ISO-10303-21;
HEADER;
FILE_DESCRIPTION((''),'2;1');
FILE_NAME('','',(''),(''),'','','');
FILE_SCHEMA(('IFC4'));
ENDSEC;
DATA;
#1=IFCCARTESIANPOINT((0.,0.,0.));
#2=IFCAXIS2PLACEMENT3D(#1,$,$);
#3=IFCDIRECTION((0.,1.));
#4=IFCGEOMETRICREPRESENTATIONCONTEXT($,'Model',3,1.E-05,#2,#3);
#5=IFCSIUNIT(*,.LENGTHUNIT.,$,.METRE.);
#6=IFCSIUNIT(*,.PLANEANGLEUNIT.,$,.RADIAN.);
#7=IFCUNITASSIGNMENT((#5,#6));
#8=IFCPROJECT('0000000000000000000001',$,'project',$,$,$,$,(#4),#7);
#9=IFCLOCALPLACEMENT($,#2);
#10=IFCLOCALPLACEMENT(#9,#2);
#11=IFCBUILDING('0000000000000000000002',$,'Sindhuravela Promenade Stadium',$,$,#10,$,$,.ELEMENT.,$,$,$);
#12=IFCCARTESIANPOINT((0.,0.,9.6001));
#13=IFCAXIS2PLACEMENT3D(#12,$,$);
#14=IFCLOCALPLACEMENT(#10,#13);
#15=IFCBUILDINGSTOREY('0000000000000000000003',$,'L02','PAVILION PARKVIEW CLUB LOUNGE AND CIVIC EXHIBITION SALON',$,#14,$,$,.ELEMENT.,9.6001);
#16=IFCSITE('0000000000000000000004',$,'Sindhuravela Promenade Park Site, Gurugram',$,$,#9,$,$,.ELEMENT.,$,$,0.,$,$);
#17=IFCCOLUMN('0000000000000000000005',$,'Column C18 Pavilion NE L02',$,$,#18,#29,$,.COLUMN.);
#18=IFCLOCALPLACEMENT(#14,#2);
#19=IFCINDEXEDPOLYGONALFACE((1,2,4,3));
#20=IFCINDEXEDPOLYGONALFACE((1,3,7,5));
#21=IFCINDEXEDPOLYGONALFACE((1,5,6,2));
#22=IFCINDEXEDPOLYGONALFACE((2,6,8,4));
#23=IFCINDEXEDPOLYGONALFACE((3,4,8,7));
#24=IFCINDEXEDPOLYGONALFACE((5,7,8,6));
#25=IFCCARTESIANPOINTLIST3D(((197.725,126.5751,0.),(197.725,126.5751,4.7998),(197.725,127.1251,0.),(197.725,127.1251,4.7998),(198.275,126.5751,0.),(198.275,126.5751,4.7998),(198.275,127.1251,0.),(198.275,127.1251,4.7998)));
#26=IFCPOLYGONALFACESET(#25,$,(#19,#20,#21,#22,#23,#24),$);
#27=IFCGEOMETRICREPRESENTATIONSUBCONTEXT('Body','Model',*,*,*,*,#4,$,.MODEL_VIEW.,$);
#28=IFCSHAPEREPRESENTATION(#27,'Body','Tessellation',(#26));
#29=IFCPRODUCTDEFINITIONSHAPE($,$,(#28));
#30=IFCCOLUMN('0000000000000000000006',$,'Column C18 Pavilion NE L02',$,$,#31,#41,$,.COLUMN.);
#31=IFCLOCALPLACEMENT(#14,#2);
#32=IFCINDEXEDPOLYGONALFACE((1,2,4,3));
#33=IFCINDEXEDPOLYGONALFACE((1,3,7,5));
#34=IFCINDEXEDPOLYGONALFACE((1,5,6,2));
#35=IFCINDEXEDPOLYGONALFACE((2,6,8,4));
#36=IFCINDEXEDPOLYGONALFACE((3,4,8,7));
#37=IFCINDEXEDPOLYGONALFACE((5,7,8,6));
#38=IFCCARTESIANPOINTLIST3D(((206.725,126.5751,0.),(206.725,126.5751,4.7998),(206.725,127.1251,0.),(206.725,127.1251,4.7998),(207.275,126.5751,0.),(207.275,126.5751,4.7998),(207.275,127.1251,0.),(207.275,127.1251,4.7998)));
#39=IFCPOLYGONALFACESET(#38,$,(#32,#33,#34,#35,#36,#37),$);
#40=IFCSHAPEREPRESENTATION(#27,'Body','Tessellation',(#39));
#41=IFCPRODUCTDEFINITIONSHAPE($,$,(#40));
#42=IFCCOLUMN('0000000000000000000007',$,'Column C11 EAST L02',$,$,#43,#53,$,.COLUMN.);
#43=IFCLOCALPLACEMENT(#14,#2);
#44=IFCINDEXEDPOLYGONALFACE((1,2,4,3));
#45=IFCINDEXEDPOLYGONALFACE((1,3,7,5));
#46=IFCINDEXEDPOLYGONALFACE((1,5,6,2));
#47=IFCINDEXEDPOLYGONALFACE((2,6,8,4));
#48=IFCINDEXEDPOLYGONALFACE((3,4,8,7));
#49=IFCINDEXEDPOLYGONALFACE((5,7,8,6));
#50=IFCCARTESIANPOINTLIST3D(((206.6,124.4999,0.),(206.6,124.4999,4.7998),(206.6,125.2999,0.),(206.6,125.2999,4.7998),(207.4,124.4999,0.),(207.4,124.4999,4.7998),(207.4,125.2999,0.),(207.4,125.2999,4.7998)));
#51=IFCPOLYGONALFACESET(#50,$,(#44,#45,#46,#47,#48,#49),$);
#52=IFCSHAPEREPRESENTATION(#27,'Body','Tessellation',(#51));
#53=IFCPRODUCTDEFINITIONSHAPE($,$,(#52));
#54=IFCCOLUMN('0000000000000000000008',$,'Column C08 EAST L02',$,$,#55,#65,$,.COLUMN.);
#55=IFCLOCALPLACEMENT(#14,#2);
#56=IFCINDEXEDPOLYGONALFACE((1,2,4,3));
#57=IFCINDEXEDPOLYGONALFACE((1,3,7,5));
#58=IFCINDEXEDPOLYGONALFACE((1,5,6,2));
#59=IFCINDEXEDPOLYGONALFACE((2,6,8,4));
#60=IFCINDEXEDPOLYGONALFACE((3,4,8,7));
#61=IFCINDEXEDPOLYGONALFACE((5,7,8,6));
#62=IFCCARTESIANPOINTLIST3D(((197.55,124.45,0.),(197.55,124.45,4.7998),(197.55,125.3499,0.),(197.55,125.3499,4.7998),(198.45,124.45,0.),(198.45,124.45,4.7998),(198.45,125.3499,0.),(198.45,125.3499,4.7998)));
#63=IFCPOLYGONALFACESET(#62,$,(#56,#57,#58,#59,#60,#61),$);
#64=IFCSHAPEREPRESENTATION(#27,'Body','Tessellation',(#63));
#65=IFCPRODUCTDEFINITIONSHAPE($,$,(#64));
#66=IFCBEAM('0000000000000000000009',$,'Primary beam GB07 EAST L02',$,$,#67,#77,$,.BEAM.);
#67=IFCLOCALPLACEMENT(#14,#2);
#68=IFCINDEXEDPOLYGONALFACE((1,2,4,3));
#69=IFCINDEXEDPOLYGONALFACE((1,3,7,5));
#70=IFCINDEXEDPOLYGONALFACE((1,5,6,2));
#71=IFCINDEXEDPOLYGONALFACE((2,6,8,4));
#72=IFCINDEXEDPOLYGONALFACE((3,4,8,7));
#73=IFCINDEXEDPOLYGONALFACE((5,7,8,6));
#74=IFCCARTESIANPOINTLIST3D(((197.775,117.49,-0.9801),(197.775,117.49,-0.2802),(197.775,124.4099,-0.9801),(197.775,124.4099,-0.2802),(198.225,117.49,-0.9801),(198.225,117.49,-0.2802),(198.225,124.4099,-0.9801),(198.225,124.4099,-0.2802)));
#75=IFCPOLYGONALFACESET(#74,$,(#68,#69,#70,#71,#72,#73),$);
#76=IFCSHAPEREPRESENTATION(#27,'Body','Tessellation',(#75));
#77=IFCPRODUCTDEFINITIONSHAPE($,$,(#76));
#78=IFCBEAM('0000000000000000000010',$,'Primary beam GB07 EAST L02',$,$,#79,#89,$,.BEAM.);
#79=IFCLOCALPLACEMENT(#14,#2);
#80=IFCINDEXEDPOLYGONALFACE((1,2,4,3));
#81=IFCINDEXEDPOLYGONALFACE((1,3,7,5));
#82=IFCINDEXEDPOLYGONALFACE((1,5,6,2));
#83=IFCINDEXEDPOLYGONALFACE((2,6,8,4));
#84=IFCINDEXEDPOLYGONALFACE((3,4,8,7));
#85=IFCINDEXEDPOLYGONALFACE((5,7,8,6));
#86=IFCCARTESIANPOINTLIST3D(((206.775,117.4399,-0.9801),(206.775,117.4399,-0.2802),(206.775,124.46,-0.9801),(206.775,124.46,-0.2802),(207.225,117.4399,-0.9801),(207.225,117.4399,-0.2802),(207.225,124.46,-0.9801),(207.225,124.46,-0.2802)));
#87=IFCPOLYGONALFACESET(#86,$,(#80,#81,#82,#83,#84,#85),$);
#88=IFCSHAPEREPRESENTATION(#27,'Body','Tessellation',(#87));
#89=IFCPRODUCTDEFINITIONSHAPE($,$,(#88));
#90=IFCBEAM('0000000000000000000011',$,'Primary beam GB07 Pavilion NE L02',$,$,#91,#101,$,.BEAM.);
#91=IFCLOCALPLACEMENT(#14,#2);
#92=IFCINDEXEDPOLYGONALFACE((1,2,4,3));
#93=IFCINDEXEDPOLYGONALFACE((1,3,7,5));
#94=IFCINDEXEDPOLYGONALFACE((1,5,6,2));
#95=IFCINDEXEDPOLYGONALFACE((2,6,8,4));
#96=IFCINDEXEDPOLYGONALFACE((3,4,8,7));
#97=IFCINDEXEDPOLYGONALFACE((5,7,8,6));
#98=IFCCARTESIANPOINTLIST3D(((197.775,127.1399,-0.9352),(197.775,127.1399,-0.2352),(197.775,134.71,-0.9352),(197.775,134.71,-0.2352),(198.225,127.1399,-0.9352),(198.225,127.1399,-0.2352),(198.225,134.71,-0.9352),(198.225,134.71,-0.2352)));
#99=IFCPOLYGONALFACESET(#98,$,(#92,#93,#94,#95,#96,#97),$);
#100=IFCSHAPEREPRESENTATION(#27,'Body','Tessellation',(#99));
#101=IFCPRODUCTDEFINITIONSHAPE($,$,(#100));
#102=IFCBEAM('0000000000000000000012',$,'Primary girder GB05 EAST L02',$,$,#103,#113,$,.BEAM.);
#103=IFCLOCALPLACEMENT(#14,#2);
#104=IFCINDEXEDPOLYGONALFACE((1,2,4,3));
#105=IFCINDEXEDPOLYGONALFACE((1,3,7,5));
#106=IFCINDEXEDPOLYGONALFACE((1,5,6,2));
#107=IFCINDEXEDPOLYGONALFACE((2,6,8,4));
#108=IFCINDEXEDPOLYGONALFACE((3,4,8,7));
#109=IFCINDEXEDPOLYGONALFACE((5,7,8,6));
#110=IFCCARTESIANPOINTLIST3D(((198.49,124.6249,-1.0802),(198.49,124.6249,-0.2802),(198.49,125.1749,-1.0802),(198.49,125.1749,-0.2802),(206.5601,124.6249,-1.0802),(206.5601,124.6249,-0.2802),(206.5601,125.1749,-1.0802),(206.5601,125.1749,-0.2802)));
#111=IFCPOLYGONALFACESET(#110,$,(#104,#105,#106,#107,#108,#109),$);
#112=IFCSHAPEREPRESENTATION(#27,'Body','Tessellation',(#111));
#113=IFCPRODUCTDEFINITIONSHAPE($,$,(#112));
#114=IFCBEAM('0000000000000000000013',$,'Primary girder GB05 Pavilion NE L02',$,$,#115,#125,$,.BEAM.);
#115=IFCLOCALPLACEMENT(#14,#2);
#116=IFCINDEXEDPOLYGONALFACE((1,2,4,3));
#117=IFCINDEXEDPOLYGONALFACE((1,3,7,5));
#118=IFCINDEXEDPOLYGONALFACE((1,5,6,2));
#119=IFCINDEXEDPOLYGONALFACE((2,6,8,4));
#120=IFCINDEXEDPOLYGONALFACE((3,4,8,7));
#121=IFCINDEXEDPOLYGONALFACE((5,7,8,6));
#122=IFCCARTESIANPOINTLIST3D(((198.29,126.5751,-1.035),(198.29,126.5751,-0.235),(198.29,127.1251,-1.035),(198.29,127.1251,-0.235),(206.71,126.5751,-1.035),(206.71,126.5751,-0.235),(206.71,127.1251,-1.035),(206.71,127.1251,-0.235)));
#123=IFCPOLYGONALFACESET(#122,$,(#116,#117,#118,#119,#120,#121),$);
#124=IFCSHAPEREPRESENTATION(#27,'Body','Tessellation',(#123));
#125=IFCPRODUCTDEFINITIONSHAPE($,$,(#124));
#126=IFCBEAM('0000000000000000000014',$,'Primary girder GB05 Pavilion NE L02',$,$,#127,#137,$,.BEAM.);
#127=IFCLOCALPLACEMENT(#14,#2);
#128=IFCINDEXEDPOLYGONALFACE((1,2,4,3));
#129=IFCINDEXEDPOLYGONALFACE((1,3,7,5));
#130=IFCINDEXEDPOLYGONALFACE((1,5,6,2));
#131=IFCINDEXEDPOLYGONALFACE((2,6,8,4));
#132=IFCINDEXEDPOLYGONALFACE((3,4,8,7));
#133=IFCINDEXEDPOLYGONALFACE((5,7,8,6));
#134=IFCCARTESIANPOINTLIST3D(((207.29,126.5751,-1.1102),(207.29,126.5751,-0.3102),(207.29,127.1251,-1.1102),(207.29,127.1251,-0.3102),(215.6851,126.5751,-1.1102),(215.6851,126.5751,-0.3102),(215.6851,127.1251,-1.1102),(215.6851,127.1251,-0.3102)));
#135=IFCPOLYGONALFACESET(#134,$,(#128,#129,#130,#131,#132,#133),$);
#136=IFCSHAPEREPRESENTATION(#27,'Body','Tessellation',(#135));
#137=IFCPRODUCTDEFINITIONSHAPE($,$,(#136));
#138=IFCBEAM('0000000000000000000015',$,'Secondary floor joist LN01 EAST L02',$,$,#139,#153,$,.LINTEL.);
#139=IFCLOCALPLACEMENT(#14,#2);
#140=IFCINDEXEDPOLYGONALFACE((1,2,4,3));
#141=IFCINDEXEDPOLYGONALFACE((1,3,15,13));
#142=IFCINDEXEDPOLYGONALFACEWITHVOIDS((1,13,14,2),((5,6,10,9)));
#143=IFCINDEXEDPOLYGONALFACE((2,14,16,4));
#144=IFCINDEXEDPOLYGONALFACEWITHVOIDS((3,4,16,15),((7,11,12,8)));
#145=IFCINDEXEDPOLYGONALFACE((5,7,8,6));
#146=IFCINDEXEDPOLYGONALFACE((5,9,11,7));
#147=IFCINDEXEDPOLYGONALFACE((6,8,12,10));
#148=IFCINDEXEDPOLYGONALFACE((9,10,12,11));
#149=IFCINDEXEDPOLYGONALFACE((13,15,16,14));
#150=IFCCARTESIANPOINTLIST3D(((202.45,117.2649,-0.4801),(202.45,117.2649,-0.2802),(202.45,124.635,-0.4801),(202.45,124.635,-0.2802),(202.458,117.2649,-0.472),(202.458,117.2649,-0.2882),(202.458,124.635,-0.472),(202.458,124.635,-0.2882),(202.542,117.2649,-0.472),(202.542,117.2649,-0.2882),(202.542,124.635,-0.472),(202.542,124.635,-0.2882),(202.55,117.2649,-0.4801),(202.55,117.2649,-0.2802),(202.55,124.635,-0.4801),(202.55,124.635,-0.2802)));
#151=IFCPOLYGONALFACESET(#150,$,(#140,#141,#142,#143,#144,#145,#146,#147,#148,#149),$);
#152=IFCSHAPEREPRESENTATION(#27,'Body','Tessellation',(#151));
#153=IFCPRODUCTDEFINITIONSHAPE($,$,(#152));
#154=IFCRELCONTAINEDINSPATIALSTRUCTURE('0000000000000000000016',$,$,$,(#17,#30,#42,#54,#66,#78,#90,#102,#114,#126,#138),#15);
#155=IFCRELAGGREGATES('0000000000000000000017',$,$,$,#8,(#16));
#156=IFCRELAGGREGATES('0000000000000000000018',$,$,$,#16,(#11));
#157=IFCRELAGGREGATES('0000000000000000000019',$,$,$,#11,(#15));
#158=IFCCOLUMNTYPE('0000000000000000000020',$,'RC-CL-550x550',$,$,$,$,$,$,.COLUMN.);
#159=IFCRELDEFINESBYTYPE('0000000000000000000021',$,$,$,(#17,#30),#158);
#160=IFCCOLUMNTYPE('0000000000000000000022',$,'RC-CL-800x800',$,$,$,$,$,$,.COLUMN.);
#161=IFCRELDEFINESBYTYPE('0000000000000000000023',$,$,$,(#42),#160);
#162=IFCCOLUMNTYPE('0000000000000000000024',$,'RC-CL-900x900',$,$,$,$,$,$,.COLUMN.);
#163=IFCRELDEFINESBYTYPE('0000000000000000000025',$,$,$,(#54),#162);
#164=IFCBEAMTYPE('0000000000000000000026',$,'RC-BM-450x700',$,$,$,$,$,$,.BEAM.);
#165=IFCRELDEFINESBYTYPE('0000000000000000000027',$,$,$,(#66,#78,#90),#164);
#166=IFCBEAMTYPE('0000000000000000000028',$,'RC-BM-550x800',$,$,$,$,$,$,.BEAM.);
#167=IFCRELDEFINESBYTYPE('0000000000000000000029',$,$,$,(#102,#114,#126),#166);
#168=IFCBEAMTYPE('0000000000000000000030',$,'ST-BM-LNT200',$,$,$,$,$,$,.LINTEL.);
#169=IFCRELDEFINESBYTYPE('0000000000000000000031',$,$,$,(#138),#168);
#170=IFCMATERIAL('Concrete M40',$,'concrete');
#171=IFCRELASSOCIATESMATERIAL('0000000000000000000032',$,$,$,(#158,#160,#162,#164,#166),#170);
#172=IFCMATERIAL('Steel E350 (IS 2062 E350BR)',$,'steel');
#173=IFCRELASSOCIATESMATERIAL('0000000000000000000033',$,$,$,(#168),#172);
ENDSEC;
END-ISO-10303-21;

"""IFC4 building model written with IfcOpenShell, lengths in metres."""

from ifc_helpers import new_model, si_unit, direction, frame, origin, origin_2d, place, context, subcontext, project, spatial, rectangle, hollow_rectangle, extrude, material, material_profile, profile_set, type_object, element, save


model = new_model("IFC4")

# Units and contexts
model_context = context("Model", 3, precision=1e-05, world=origin(), true_north=direction((0.0, 1.0)))
body_context = subcontext(model_context, "Body", "Model", "MODEL_VIEW")
ifc_project = project(units=[si_unit("LENGTHUNIT", "METRE"), si_unit("PLANEANGLEUNIT", "RADIAN")], contexts=[model_context])

# Site, building, storey
site_placement = place(None, origin())
site = spatial("IfcSite", under=ifc_project, at=site_placement, Name="Sindhuravela Promenade Park Site, Gurugram", CompositionType="ELEMENT", RefElevation=0.0)
building_placement = place(site_placement, origin())
building = spatial("IfcBuilding", under=site, at=building_placement, Name="Sindhuravela Promenade Stadium", CompositionType="ELEMENT")
storey_placement = place(building_placement, frame((0.0, 0.0, 9.6001)))
storey = spatial("IfcBuildingStorey", under=building, at=storey_placement, Name="L02", Description="PAVILION PARKVIEW CLUB LOUNGE AND CIVIC EXHIBITION SALON", CompositionType="ELEMENT", Elevation=9.6001)

# Columns
ifc_material_1 = material(Name="Concrete M40", Category="concrete")
ifc_material_profile_1 = material_profile(ifc_material_1, rectangle(XDim=0.55, YDim=0.55, at=origin_2d()), Name="RC 550x550")
ifc_profile_set_1 = profile_set([ifc_material_profile_1], Name="Concrete M40")
column_type_1 = type_object("IfcColumnType", Name="RC-CL-550x550", PredefinedType="COLUMN", material=ifc_profile_set_1)
for number, where, z_axis, x_axis, name in (
    (1, (198.0, 126.8501, 0.0), (0.0, 0.0, 1.0), (1.0, 0.0, 0.0), "Column C18 Pavilion NE L02"),
    (2, (207.0, 126.8501, 0.0), (0.0, 0.0, 1.0), (1.0, 0.0, 0.0), "Column C18 Pavilion NE L02"),
):
    element("IfcColumn", number, at=place(storey_placement, frame(where, z_axis=z_axis, x_axis=x_axis)), inside=storey, type_object=column_type_1, Name=name, PredefinedType="COLUMN", context=body_context, shape_type="SweptSolid", body=[
        extrude(rectangle(XDim=0.55, YDim=0.55, at=origin_2d()), origin(), (0.0, 0.0, 1.0), 4.7998),
    ])
ifc_material_profile_2 = material_profile(ifc_material_1, rectangle(XDim=0.8, YDim=0.8, at=origin_2d()), Name="RC 800x800")
ifc_profile_set_2 = profile_set([ifc_material_profile_2], Name="Concrete M40")
column_type_2 = type_object("IfcColumnType", Name="RC-CL-800x800", PredefinedType="COLUMN", material=ifc_profile_set_2)
column_1_placement = place(storey_placement, frame((207.0, 124.8999, 0.0), z_axis=(0.0, 0.0, 1.0), x_axis=(1.0, 0.0, 0.0)))
element("IfcColumn", 3, at=column_1_placement, inside=storey, type_object=column_type_2, Name="Column C11 EAST L02", PredefinedType="COLUMN", context=body_context, shape_type="SweptSolid", body=[
    extrude(rectangle(XDim=0.8, YDim=0.8, at=origin_2d()), origin(), (0.0, 0.0, 1.0), 4.7998),
])
ifc_material_profile_3 = material_profile(ifc_material_1, rectangle(XDim=0.8999, YDim=0.8999, at=origin_2d()), Name="RC 900x900")
ifc_profile_set_3 = profile_set([ifc_material_profile_3], Name="Concrete M40")
column_type_3 = type_object("IfcColumnType", Name="RC-CL-900x900", PredefinedType="COLUMN", material=ifc_profile_set_3)
column_2_placement = place(storey_placement, frame((198.0, 124.8999, 0.0), z_axis=(0.0, 0.0, 1.0), x_axis=(1.0, 0.0, 0.0)))
element("IfcColumn", 4, at=column_2_placement, inside=storey, type_object=column_type_3, Name="Column C08 EAST L02", PredefinedType="COLUMN", context=body_context, shape_type="SweptSolid", body=[
    extrude(rectangle(XDim=0.8999, YDim=0.8999, at=origin_2d()), origin(), (0.0, 0.0, 1.0), 4.7998),
])

# Beams
ifc_material_profile_4 = material_profile(ifc_material_1, rectangle(XDim=0.45, YDim=0.7, at=origin_2d()), Name="RC 450x700")
ifc_profile_set_4 = profile_set([ifc_material_profile_4], Name="Concrete M40")
beam_type_1 = type_object("IfcBeamType", Name="RC-BM-450x700", PredefinedType="BEAM", material=ifc_profile_set_4)
beam_1_placement = place(storey_placement, frame((198.0, 117.49, -0.6301), z_axis=(0.0, 1.0, 0.0), x_axis=(-1.0, 0.0, 0.0)))
element("IfcBeam", 5, at=beam_1_placement, inside=storey, type_object=beam_type_1, Name="Primary beam GB07 EAST L02", PredefinedType="BEAM", context=body_context, shape_type="SweptSolid", body=[
    extrude(rectangle(XDim=0.45, YDim=0.7, at=origin_2d()), origin(), (0.0, 0.0, 1.0), 6.9199),
])
beam_2_placement = place(storey_placement, frame((207.0, 117.4399, -0.6301), z_axis=(0.0, 1.0, 0.0), x_axis=(-1.0, 0.0, 0.0)))
element("IfcBeam", 6, at=beam_2_placement, inside=storey, type_object=beam_type_1, Name="Primary beam GB07 EAST L02", PredefinedType="BEAM", context=body_context, shape_type="SweptSolid", body=[
    extrude(rectangle(XDim=0.45, YDim=0.7, at=origin_2d()), origin(), (0.0, 0.0, 1.0), 7.02),
])
beam_3_placement = place(storey_placement, frame((198.0, 127.1399, -0.5852), z_axis=(0.0, 1.0, 0.0), x_axis=(-1.0, 0.0, 0.0)))
element("IfcBeam", 7, at=beam_3_placement, inside=storey, type_object=beam_type_1, Name="Primary beam GB07 Pavilion NE L02", PredefinedType="BEAM", context=body_context, shape_type="SweptSolid", body=[
    extrude(rectangle(XDim=0.45, YDim=0.7, at=origin_2d()), origin(), (0.0, 0.0, 1.0), 7.5701),
])
ifc_material_profile_5 = material_profile(ifc_material_1, rectangle(XDim=0.55, YDim=0.8, at=origin_2d()), Name="RC 550x800")
ifc_profile_set_5 = profile_set([ifc_material_profile_5], Name="Concrete M40")
beam_type_2 = type_object("IfcBeamType", Name="RC-BM-550x800", PredefinedType="BEAM", material=ifc_profile_set_5)
beam_4_placement = place(storey_placement, frame((198.49, 124.8999, -0.6802), z_axis=(1.0, 0.0, 0.0), x_axis=(0.0, 1.0, 0.0)))
element("IfcBeam", 8, at=beam_4_placement, inside=storey, type_object=beam_type_2, Name="Primary girder GB05 EAST L02", PredefinedType="BEAM", context=body_context, shape_type="SweptSolid", body=[
    extrude(rectangle(XDim=0.55, YDim=0.8, at=origin_2d()), origin(), (0.0, 0.0, 1.0), 8.0701),
])
beam_5_placement = place(storey_placement, frame((198.29, 126.8501, -0.635), z_axis=(1.0, 0.0, 0.0), x_axis=(0.0, 1.0, 0.0)))
element("IfcBeam", 9, at=beam_5_placement, inside=storey, type_object=beam_type_2, Name="Primary girder GB05 Pavilion NE L02", PredefinedType="BEAM", context=body_context, shape_type="SweptSolid", body=[
    extrude(rectangle(XDim=0.55, YDim=0.8, at=origin_2d()), origin(), (0.0, 0.0, 1.0), 8.4199),
])
beam_6_placement = place(storey_placement, frame((207.29, 126.8501, -0.7102), z_axis=(1.0, 0.0, 0.0), x_axis=(0.0, 1.0, 0.0)))
element("IfcBeam", 10, at=beam_6_placement, inside=storey, type_object=beam_type_2, Name="Primary girder GB05 Pavilion NE L02", PredefinedType="BEAM", context=body_context, shape_type="SweptSolid", body=[
    extrude(rectangle(XDim=0.55, YDim=0.8, at=origin_2d()), origin(), (0.0, 0.0, 1.0), 8.395),
])
ifc_material_2 = material(Name="Steel E350 (IS 2062 E350BR)", Category="steel")
ifc_material_profile_6 = material_profile(ifc_material_2, hollow_rectangle(XDim=0.1001, YDim=0.2, WallThickness=0.0081, at=origin_2d()), Name="RHS 200x100x8")
ifc_profile_set_6 = profile_set([ifc_material_profile_6], Name="Steel E350 (IS 2062 E350BR)")
beam_type_3 = type_object("IfcBeamType", Name="ST-BM-LNT200", PredefinedType="LINTEL", material=ifc_profile_set_6)
beam_7_placement = place(storey_placement, frame((202.5, 117.2649, -0.3801), z_axis=(0.0, 1.0, 0.0), x_axis=(-1.0, 0.0, 0.0)))
element("IfcBeam", 11, at=beam_7_placement, inside=storey, type_object=beam_type_3, Name="Secondary floor joist LN01 EAST L02", PredefinedType="LINTEL", context=body_context, shape_type="SweptSolid", body=[
    extrude(hollow_rectangle(XDim=0.1001, YDim=0.2, WallThickness=0.0081, at=origin_2d()), origin(), (0.0, 0.0, 1.0), 7.3701),
])

save(model, "model.ifc")
